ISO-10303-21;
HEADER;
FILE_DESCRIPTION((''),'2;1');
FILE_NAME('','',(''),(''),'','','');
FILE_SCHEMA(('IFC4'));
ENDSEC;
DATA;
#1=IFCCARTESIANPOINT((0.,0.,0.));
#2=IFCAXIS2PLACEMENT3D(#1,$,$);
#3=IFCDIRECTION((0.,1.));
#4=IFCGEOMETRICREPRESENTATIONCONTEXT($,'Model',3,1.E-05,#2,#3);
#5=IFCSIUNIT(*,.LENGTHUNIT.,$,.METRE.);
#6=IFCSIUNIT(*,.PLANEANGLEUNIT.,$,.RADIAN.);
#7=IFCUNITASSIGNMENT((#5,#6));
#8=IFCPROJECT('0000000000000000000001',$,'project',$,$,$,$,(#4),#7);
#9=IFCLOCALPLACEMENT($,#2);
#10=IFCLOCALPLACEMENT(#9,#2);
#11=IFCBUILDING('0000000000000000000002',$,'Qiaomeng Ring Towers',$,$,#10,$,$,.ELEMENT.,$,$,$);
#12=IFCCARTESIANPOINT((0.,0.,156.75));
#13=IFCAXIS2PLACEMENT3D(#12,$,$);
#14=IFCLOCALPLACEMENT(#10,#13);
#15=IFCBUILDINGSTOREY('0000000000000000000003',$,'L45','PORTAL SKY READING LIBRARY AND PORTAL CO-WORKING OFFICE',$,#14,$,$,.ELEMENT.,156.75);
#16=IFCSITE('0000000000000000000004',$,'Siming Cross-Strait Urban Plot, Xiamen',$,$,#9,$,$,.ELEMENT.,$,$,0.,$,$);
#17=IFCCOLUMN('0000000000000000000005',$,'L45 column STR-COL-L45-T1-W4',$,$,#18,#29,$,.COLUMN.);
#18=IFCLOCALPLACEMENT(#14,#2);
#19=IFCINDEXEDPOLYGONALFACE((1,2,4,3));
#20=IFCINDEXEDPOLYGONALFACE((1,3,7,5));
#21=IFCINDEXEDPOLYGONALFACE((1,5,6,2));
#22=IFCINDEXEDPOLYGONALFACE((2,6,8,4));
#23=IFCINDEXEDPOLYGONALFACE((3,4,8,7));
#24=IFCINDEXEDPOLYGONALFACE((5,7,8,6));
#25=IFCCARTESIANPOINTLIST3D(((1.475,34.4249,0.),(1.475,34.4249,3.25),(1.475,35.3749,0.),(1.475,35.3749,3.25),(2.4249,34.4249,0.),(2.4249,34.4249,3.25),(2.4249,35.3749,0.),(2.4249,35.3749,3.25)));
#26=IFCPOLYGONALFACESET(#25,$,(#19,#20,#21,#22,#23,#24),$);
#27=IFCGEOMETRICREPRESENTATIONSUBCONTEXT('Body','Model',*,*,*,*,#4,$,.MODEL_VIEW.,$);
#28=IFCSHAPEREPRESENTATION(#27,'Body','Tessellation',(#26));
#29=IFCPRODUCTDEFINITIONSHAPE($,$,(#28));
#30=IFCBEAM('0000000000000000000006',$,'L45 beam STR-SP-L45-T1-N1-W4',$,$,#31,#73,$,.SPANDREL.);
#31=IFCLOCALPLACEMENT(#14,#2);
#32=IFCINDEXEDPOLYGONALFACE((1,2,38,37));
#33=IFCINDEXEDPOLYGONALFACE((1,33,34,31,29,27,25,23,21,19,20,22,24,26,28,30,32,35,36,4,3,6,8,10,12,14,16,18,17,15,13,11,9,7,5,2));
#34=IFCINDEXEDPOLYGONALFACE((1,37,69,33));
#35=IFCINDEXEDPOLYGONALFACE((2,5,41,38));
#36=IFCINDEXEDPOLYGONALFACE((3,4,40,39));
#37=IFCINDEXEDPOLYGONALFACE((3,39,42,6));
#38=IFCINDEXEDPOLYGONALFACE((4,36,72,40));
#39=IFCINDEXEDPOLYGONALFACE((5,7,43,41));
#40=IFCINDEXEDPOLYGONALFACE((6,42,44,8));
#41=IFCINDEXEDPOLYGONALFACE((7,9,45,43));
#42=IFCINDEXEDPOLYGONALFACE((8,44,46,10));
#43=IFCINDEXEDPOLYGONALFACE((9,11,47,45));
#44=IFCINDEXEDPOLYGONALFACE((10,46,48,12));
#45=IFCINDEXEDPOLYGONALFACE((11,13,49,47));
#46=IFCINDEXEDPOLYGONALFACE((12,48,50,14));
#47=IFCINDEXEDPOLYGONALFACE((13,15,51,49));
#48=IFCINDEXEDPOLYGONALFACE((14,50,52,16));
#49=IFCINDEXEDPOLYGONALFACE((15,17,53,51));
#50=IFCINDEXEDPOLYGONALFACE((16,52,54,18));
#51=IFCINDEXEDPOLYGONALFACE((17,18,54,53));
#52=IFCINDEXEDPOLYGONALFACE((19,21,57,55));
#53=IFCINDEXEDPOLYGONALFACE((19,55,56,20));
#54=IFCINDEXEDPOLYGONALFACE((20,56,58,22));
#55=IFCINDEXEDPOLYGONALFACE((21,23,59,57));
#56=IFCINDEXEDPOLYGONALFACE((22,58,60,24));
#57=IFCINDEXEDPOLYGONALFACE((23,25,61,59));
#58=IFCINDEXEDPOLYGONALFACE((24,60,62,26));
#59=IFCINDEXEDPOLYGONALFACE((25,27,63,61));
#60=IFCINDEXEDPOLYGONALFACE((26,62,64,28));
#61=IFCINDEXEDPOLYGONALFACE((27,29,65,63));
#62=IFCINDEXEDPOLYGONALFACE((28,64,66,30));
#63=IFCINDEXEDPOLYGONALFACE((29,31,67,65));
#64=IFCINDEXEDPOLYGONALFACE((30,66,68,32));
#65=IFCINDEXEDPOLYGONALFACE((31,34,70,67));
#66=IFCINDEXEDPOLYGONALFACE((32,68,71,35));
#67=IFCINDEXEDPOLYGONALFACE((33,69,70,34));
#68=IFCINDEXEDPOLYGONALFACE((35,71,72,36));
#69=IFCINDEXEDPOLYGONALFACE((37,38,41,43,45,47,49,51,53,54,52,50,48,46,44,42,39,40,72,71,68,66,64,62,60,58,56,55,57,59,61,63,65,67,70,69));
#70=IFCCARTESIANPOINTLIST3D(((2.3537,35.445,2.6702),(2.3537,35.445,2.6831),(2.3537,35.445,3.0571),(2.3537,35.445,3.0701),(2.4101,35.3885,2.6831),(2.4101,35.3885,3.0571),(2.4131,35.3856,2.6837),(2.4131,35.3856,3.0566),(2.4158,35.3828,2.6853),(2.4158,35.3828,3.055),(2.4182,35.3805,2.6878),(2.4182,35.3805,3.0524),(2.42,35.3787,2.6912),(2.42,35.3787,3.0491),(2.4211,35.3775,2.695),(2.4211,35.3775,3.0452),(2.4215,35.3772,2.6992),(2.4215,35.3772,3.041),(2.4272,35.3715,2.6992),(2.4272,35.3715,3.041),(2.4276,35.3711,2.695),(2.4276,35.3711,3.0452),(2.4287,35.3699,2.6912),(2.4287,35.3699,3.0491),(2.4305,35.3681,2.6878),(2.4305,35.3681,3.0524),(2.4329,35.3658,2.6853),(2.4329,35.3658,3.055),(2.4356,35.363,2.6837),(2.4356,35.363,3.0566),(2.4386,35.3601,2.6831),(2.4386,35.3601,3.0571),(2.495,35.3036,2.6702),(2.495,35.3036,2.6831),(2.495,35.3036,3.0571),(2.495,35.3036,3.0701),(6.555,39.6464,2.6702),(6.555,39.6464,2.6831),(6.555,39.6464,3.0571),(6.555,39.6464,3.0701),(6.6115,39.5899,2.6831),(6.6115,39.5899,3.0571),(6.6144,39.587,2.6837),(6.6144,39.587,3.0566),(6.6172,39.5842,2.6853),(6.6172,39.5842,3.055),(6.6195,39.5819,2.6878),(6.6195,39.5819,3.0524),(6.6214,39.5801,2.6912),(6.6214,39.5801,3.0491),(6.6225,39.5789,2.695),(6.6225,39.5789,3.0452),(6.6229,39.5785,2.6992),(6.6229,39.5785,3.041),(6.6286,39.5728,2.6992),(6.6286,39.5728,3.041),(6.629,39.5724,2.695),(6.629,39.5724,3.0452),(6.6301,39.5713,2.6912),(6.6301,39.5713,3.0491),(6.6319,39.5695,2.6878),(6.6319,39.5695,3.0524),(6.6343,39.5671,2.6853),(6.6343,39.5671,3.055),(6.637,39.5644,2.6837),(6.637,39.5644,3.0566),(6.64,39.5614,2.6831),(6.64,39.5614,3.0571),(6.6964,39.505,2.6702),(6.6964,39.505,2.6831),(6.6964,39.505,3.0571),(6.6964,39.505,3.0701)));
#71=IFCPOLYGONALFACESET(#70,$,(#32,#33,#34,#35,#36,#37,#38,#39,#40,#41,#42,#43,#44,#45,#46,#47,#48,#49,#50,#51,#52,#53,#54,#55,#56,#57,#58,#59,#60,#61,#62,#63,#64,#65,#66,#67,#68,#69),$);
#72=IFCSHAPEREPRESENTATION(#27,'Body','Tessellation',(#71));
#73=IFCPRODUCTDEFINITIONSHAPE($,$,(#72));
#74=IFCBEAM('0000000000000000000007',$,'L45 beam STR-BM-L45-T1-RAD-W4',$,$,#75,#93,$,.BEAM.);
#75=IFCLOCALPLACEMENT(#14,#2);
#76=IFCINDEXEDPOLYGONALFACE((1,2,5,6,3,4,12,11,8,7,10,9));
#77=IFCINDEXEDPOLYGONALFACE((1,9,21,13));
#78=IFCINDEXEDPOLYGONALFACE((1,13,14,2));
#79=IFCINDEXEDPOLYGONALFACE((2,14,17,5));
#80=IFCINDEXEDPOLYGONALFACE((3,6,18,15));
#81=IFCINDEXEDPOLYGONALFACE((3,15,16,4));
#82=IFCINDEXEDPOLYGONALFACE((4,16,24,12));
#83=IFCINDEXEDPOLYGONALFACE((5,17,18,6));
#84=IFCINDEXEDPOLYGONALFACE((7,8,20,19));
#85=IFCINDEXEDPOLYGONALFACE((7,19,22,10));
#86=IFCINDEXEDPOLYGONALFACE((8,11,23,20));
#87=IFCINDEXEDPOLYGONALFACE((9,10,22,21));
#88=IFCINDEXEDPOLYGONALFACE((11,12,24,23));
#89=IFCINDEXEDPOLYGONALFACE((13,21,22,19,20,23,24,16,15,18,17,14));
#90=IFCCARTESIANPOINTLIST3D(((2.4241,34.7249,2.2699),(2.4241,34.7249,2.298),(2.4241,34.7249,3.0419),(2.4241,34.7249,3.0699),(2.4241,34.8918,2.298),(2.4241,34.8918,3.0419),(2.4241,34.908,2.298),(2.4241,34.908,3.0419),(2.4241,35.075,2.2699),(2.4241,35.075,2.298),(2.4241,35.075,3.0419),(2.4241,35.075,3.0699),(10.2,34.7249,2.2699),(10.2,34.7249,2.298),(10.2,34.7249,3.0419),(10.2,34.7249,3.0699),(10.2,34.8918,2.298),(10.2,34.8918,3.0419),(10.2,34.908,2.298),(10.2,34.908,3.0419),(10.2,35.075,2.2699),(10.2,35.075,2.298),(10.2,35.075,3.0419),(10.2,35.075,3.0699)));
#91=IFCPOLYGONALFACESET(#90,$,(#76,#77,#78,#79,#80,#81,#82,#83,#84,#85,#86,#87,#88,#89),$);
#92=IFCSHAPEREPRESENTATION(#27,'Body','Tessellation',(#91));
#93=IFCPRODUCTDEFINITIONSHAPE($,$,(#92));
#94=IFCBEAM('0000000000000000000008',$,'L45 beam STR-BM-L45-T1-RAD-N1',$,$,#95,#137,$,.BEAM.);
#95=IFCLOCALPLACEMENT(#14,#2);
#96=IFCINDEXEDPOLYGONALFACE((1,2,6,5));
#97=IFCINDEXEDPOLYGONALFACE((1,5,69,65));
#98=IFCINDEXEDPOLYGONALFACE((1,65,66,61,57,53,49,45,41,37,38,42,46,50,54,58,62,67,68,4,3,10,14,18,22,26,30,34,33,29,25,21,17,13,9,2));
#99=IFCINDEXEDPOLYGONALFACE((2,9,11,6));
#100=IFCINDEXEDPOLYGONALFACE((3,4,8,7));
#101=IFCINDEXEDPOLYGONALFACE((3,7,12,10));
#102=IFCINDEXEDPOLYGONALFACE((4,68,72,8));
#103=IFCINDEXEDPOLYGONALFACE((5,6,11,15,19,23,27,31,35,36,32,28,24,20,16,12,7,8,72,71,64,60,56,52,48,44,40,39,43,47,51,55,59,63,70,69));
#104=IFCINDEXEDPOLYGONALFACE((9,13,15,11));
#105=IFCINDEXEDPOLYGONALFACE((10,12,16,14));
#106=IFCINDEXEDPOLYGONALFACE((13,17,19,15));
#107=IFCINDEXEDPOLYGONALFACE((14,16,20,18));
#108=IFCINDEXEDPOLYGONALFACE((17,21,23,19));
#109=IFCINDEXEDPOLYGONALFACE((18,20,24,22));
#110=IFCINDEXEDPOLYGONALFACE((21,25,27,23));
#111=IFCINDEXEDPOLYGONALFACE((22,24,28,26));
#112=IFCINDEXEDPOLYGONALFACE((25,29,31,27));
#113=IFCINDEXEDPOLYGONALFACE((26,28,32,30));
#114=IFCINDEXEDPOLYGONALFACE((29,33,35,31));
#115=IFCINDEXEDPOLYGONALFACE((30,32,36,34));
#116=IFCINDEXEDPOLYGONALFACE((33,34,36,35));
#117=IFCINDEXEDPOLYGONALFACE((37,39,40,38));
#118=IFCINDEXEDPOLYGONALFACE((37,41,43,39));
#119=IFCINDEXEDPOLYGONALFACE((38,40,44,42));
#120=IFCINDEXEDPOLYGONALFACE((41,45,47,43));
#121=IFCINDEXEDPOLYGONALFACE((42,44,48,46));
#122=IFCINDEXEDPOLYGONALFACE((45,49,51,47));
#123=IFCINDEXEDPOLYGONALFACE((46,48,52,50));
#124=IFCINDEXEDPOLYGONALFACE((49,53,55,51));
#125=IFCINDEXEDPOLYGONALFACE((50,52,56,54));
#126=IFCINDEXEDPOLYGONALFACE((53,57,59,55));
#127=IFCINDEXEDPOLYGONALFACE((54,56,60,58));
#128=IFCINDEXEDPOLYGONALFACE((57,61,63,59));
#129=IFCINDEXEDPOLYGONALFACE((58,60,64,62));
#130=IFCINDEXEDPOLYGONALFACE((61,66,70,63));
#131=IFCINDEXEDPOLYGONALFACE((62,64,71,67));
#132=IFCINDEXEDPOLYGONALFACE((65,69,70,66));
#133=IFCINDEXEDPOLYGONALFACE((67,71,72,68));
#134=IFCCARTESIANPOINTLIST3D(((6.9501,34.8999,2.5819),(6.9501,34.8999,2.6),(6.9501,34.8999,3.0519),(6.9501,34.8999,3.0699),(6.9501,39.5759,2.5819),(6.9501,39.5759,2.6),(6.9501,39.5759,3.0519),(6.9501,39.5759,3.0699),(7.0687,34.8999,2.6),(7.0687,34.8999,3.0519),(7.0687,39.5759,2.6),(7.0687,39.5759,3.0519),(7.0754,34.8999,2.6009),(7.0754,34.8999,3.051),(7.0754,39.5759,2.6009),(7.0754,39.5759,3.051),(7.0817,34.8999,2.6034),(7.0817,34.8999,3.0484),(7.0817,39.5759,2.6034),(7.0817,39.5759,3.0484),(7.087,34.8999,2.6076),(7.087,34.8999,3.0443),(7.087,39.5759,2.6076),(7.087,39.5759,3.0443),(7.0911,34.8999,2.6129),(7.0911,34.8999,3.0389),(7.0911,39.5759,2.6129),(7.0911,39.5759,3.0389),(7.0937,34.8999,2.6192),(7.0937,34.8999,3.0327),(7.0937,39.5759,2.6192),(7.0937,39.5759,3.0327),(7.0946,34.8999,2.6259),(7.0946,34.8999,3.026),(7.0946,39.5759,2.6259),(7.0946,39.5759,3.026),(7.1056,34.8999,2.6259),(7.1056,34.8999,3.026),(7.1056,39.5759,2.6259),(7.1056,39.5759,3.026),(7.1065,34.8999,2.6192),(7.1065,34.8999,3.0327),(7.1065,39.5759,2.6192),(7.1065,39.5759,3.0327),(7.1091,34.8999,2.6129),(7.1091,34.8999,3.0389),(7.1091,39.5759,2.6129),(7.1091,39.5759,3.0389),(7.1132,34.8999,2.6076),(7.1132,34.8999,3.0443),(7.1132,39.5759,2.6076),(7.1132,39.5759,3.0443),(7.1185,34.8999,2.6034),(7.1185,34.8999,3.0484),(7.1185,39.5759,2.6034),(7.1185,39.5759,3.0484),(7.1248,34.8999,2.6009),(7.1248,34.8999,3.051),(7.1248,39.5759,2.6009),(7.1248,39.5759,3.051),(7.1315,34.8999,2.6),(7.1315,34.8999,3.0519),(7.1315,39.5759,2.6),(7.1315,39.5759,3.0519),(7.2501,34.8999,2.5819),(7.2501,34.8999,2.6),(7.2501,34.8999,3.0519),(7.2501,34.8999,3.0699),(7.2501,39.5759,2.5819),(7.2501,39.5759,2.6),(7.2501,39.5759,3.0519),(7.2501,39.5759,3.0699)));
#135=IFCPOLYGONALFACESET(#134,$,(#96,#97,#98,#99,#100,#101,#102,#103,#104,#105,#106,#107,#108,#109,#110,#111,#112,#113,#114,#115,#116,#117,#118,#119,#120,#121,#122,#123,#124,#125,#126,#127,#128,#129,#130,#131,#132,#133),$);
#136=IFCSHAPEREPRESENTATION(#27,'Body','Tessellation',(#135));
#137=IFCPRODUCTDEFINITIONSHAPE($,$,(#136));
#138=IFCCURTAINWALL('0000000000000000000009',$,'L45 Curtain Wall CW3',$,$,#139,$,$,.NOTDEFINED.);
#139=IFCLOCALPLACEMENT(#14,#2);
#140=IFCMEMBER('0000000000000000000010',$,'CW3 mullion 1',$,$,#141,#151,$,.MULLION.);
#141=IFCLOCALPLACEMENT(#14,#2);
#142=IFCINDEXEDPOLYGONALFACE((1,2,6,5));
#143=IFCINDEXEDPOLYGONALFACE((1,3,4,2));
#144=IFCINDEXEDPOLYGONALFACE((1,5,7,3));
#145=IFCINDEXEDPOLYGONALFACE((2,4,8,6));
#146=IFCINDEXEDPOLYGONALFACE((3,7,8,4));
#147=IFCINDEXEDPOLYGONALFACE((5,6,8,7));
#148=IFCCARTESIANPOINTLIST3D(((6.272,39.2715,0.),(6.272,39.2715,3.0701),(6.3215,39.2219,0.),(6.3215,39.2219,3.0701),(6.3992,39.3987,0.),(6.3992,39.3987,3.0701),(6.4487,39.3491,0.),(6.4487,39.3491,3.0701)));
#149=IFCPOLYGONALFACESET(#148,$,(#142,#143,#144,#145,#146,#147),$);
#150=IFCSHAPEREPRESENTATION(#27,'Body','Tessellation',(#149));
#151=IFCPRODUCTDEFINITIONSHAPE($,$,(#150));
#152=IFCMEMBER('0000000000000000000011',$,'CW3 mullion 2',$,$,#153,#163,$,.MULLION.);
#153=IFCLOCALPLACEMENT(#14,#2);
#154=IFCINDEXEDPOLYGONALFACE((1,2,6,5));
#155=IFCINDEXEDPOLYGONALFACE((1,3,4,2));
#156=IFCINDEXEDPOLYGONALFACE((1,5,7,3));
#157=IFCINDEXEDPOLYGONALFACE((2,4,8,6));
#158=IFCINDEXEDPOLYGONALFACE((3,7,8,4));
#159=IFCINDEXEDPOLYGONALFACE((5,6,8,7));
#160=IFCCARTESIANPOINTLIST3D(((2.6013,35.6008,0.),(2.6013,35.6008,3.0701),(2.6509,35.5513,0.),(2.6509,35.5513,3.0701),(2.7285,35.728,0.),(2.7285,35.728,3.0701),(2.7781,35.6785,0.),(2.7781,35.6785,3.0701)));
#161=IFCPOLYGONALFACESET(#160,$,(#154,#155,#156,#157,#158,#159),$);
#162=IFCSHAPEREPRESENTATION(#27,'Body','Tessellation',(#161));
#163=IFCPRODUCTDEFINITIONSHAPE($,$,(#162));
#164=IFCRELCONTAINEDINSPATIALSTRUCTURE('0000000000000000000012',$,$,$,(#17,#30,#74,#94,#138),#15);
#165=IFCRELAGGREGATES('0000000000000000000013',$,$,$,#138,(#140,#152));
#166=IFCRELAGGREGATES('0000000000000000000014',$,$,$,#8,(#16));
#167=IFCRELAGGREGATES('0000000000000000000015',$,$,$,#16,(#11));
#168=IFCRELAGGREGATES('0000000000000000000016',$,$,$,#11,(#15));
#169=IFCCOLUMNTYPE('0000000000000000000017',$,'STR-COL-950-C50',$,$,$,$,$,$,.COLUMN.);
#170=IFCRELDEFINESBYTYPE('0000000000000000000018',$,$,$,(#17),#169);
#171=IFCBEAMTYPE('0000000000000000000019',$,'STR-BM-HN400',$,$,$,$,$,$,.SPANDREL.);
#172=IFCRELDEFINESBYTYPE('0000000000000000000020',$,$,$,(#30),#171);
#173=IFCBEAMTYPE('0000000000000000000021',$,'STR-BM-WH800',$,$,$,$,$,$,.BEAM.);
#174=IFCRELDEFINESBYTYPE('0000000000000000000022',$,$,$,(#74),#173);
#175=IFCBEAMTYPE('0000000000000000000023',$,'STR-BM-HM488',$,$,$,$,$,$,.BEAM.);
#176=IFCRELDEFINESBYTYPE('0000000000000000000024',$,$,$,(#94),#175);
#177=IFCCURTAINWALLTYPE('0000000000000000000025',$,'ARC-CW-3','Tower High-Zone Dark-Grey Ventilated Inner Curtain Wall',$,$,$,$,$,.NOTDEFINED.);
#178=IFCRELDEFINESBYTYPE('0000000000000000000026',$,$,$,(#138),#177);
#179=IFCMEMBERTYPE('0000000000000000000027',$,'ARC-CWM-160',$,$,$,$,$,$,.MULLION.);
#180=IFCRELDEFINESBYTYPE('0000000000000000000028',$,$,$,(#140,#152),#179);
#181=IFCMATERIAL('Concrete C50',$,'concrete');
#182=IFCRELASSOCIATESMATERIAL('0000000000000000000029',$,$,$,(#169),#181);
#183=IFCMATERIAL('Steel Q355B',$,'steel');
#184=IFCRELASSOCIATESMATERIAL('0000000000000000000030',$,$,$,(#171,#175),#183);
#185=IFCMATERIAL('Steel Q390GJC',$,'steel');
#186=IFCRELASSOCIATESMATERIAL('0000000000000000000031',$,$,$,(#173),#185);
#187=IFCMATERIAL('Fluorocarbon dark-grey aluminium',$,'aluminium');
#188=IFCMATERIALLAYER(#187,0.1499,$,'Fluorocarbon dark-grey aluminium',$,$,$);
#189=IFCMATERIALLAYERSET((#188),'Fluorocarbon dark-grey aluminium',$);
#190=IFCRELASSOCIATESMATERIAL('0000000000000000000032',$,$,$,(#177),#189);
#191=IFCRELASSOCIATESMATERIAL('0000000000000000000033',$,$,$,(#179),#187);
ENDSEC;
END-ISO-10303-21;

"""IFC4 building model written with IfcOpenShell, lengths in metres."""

from ifc_helpers import new_model, si_unit, direction, frame, origin, origin_2d, place, context, subcontext, project, spatial, rectangle, i_section, extrude, source, transform, mapped, material, layer, layer_set, material_profile, profile_set, type_object, element, aggregate, save


model = new_model("IFC4")

# Units and contexts
model_context = context("Model", 3, precision=1e-05, world=origin(), true_north=direction((0.0, 1.0)))
body_context = subcontext(model_context, "Body", "Model", "MODEL_VIEW")
ifc_project = project(units=[si_unit("LENGTHUNIT", "METRE"), si_unit("PLANEANGLEUNIT", "RADIAN")], contexts=[model_context])

# Site, building, storey
site_placement = place(None, origin())
site = spatial("IfcSite", under=ifc_project, at=site_placement, Name="Siming Cross-Strait Urban Plot, Xiamen", CompositionType="ELEMENT", RefElevation=0.0)
building_placement = place(site_placement, origin())
building = spatial("IfcBuilding", under=site, at=building_placement, Name="Qiaomeng Ring Towers", CompositionType="ELEMENT")
storey_placement = place(building_placement, frame((0.0, 0.0, 156.75)))
storey = spatial("IfcBuildingStorey", under=building, at=storey_placement, Name="L45", Description="PORTAL SKY READING LIBRARY AND PORTAL CO-WORKING OFFICE", CompositionType="ELEMENT", Elevation=156.75)

# Column
ifc_material_1 = material(Name="Concrete C50", Category="concrete")
ifc_material_profile_1 = material_profile(ifc_material_1, rectangle(XDim=0.95, YDim=0.95, at=origin_2d()), Name="RC COL 950x950")
ifc_profile_set_1 = profile_set([ifc_material_profile_1], Name="Concrete C50")
column_type = type_object("IfcColumnType", Name="STR-COL-950-C50", PredefinedType="COLUMN", material=ifc_profile_set_1)
shared_shape_1 = source(origin(), body_context, "Body", "SweptSolid", [
    extrude(rectangle(XDim=0.95, YDim=0.95, at=origin_2d()), origin(), (0.0, 0.0, 1.0), 3.25),
])
column_placement = place(storey_placement, frame((1.95, 34.8999, 0.0), z_axis=(0.0, 0.0, 1.0), x_axis=(1.0, 0.0, 0.0)))
element("IfcColumn", 1, at=column_placement, inside=storey, type_object=column_type, Name="L45 column STR-COL-L45-T1-W4", PredefinedType="COLUMN", context=body_context, shape_type="MappedRepresentation", body=[
    mapped(shared_shape_1, transform((0.0, 0.0, 0.0), x_axis=(1.0, 0.0, 0.0), y_axis=(0.0, 1.0, 0.0), z_axis=(0.0, 0.0, 1.0), scale=1.0)),
])

# Beams
ifc_material_2 = material(Name="Steel Q355B", Category="steel")
ifc_material_profile_2 = material_profile(ifc_material_2, i_section(OverallWidth=0.2, OverallDepth=0.3999, WebThickness=0.0081, FlangeThickness=0.0129, FilletRadius=0.0161, at=origin_2d()), Name="HN 400x200x8x13")
ifc_profile_set_2 = profile_set([ifc_material_profile_2], Name="Steel Q355B")
beam_type_1 = type_object("IfcBeamType", Name="STR-BM-HN400", PredefinedType="SPANDREL", material=ifc_profile_set_2)
shared_shape_2 = source(origin(), body_context, "Body", "SweptSolid", [
    extrude(i_section(OverallWidth=0.2, OverallDepth=0.3999, WebThickness=0.0081, FlangeThickness=0.0129, FilletRadius=0.0161, at=origin_2d()), origin(), (0.0, 0.0, 1.0), 5.9417),
])
beam_1_placement = place(storey_placement, frame((6.6257, 39.5757, 2.8701), z_axis=(-0.707107, -0.707107, 0.0), x_axis=(0.707107, -0.707107, 0.0)))
element("IfcBeam", 2, at=beam_1_placement, inside=storey, type_object=beam_type_1, Name="L45 beam STR-SP-L45-T1-N1-W4", PredefinedType="SPANDREL", context=body_context, shape_type="MappedRepresentation", body=[
    mapped(shared_shape_2, transform((0.0, 0.0, 0.0), x_axis=(1.0, 0.0, 0.0), y_axis=(0.0, 1.0, 0.0), z_axis=(0.0, 0.0, 1.0), scale=1.0)),
])
ifc_material_3 = material(Name="Steel Q390GJC", Category="steel")
ifc_material_profile_3 = material_profile(ifc_material_3, i_section(OverallWidth=0.3501, OverallDepth=0.8, WebThickness=0.0161, FlangeThickness=0.0281, at=origin_2d()), Name="WH 800x350x16x28")
ifc_profile_set_3 = profile_set([ifc_material_profile_3], Name="Steel Q390GJC")
beam_type_2 = type_object("IfcBeamType", Name="STR-BM-WH800", PredefinedType="BEAM", material=ifc_profile_set_3)
shared_shape_3 = source(origin(), body_context, "Body", "SweptSolid", [
    extrude(i_section(OverallWidth=0.3501, OverallDepth=0.8, WebThickness=0.0161, FlangeThickness=0.0281, at=origin_2d()), origin(), (0.0, 0.0, 1.0), 7.7759),
])
beam_2_placement = place(storey_placement, frame((2.4241, 34.8999, 2.6699), z_axis=(1.0, 0.0, 0.0), x_axis=(0.0, 1.0, 0.0)))
element("IfcBeam", 3, at=beam_2_placement, inside=storey, type_object=beam_type_2, Name="L45 beam STR-BM-L45-T1-RAD-W4", PredefinedType="BEAM", context=body_context, shape_type="MappedRepresentation", body=[
    mapped(shared_shape_3, transform((0.0, 0.0, 0.0), x_axis=(1.0, 0.0, 0.0), y_axis=(0.0, 1.0, 0.0), z_axis=(0.0, 0.0, 1.0), scale=1.0)),
])
ifc_material_profile_4 = material_profile(ifc_material_2, i_section(OverallWidth=0.3, OverallDepth=0.488, WebThickness=0.011, FlangeThickness=0.0181, FilletRadius=0.0259, at=origin_2d()), Name="HM 488x300x11x18")
ifc_profile_set_4 = profile_set([ifc_material_profile_4], Name="Steel Q355B")
beam_type_3 = type_object("IfcBeamType", Name="STR-BM-HM488", PredefinedType="BEAM", material=ifc_profile_set_4)
shared_shape_4 = source(origin(), body_context, "Body", "SweptSolid", [
    extrude(i_section(OverallWidth=0.3, OverallDepth=0.488, WebThickness=0.011, FlangeThickness=0.0181, FilletRadius=0.0259, at=origin_2d()), origin(), (0.0, 0.0, 1.0), 4.676),
])
beam_3_placement = place(storey_placement, frame((7.1001, 39.5759, 2.8259), z_axis=(0.0, -1.0, 0.0), x_axis=(1.0, 0.0, 0.0)))
element("IfcBeam", 4, at=beam_3_placement, inside=storey, type_object=beam_type_3, Name="L45 beam STR-BM-L45-T1-RAD-N1", PredefinedType="BEAM", context=body_context, shape_type="MappedRepresentation", body=[
    mapped(shared_shape_4, transform((0.0, 0.0, 0.0), x_axis=(1.0, 0.0, 0.0), y_axis=(0.0, 1.0, 0.0), z_axis=(0.0, 0.0, 1.0), scale=1.0)),
])

# Curtain wall, members
ifc_material_4 = material(Name="Fluorocarbon dark-grey aluminium", Category="aluminium")
ifc_layer_1 = layer(ifc_material_4, 0.1499, Name="Fluorocarbon dark-grey aluminium")
ifc_layer_set_1 = layer_set([ifc_layer_1], Name="Fluorocarbon dark-grey aluminium")
curtain_wall_type = type_object("IfcCurtainWallType", Name="ARC-CW-3", Description="Tower High-Zone Dark-Grey Ventilated Inner Curtain Wall", PredefinedType="NOTDEFINED", material=ifc_layer_set_1)
curtain_wall_placement = place(storey_placement, origin())
curtain_wall = element("IfcCurtainWall", 5, at=curtain_wall_placement, inside=storey, type_object=curtain_wall_type, Name="L45 Curtain Wall CW3", PredefinedType="NOTDEFINED")
ifc_material_profile_5 = material_profile(ifc_material_4, rectangle(XDim=0.0701, YDim=0.1799, at=origin_2d()), Name="ALU MULL 70x180")
ifc_profile_set_5 = profile_set([ifc_material_profile_5], Name="Fluorocarbon dark-grey aluminium")
member_type_1 = type_object("IfcMemberType", Name="ARC-CWM-160", PredefinedType="MULLION", material=ifc_profile_set_5)
shared_shape_5 = source(origin(), body_context, "Body", "SweptSolid", [
    extrude(rectangle(XDim=0.0701, YDim=0.1799, at=origin_2d()), origin(), (0.0, 0.0, 1.0), 3.0701),
])
member_1_placement = place(storey_placement, frame((6.3604, 39.3103, 0.0), z_axis=(0.0, 0.0, 1.0), x_axis=(0.707107, -0.707107, 0.0)))
member_1 = element("IfcMember", 6, at=member_1_placement, type_object=member_type_1, Name="CW3 mullion 1", PredefinedType="MULLION", context=body_context, shape_type="MappedRepresentation", body=[
    mapped(shared_shape_5, transform((0.0, 0.0, 0.0), x_axis=(1.0, 0.0, 0.0), y_axis=(0.0, 1.0, 0.0), z_axis=(0.0, 0.0, 1.0), scale=1.0)),
])
member_2_placement = place(storey_placement, frame((2.6897, 35.6396, 0.0), z_axis=(0.0, 0.0, 1.0), x_axis=(0.707107, -0.707107, 0.0)))
member_2 = element("IfcMember", 7, at=member_2_placement, type_object=member_type_1, Name="CW3 mullion 2", PredefinedType="MULLION", context=body_context, shape_type="MappedRepresentation", body=[
    mapped(shared_shape_5, transform((0.0, 0.0, 0.0), x_axis=(1.0, 0.0, 0.0), y_axis=(0.0, 1.0, 0.0), z_axis=(0.0, 0.0, 1.0), scale=1.0)),
])
aggregate(curtain_wall, [member_1, member_2])

save(model, "model.ifc")
